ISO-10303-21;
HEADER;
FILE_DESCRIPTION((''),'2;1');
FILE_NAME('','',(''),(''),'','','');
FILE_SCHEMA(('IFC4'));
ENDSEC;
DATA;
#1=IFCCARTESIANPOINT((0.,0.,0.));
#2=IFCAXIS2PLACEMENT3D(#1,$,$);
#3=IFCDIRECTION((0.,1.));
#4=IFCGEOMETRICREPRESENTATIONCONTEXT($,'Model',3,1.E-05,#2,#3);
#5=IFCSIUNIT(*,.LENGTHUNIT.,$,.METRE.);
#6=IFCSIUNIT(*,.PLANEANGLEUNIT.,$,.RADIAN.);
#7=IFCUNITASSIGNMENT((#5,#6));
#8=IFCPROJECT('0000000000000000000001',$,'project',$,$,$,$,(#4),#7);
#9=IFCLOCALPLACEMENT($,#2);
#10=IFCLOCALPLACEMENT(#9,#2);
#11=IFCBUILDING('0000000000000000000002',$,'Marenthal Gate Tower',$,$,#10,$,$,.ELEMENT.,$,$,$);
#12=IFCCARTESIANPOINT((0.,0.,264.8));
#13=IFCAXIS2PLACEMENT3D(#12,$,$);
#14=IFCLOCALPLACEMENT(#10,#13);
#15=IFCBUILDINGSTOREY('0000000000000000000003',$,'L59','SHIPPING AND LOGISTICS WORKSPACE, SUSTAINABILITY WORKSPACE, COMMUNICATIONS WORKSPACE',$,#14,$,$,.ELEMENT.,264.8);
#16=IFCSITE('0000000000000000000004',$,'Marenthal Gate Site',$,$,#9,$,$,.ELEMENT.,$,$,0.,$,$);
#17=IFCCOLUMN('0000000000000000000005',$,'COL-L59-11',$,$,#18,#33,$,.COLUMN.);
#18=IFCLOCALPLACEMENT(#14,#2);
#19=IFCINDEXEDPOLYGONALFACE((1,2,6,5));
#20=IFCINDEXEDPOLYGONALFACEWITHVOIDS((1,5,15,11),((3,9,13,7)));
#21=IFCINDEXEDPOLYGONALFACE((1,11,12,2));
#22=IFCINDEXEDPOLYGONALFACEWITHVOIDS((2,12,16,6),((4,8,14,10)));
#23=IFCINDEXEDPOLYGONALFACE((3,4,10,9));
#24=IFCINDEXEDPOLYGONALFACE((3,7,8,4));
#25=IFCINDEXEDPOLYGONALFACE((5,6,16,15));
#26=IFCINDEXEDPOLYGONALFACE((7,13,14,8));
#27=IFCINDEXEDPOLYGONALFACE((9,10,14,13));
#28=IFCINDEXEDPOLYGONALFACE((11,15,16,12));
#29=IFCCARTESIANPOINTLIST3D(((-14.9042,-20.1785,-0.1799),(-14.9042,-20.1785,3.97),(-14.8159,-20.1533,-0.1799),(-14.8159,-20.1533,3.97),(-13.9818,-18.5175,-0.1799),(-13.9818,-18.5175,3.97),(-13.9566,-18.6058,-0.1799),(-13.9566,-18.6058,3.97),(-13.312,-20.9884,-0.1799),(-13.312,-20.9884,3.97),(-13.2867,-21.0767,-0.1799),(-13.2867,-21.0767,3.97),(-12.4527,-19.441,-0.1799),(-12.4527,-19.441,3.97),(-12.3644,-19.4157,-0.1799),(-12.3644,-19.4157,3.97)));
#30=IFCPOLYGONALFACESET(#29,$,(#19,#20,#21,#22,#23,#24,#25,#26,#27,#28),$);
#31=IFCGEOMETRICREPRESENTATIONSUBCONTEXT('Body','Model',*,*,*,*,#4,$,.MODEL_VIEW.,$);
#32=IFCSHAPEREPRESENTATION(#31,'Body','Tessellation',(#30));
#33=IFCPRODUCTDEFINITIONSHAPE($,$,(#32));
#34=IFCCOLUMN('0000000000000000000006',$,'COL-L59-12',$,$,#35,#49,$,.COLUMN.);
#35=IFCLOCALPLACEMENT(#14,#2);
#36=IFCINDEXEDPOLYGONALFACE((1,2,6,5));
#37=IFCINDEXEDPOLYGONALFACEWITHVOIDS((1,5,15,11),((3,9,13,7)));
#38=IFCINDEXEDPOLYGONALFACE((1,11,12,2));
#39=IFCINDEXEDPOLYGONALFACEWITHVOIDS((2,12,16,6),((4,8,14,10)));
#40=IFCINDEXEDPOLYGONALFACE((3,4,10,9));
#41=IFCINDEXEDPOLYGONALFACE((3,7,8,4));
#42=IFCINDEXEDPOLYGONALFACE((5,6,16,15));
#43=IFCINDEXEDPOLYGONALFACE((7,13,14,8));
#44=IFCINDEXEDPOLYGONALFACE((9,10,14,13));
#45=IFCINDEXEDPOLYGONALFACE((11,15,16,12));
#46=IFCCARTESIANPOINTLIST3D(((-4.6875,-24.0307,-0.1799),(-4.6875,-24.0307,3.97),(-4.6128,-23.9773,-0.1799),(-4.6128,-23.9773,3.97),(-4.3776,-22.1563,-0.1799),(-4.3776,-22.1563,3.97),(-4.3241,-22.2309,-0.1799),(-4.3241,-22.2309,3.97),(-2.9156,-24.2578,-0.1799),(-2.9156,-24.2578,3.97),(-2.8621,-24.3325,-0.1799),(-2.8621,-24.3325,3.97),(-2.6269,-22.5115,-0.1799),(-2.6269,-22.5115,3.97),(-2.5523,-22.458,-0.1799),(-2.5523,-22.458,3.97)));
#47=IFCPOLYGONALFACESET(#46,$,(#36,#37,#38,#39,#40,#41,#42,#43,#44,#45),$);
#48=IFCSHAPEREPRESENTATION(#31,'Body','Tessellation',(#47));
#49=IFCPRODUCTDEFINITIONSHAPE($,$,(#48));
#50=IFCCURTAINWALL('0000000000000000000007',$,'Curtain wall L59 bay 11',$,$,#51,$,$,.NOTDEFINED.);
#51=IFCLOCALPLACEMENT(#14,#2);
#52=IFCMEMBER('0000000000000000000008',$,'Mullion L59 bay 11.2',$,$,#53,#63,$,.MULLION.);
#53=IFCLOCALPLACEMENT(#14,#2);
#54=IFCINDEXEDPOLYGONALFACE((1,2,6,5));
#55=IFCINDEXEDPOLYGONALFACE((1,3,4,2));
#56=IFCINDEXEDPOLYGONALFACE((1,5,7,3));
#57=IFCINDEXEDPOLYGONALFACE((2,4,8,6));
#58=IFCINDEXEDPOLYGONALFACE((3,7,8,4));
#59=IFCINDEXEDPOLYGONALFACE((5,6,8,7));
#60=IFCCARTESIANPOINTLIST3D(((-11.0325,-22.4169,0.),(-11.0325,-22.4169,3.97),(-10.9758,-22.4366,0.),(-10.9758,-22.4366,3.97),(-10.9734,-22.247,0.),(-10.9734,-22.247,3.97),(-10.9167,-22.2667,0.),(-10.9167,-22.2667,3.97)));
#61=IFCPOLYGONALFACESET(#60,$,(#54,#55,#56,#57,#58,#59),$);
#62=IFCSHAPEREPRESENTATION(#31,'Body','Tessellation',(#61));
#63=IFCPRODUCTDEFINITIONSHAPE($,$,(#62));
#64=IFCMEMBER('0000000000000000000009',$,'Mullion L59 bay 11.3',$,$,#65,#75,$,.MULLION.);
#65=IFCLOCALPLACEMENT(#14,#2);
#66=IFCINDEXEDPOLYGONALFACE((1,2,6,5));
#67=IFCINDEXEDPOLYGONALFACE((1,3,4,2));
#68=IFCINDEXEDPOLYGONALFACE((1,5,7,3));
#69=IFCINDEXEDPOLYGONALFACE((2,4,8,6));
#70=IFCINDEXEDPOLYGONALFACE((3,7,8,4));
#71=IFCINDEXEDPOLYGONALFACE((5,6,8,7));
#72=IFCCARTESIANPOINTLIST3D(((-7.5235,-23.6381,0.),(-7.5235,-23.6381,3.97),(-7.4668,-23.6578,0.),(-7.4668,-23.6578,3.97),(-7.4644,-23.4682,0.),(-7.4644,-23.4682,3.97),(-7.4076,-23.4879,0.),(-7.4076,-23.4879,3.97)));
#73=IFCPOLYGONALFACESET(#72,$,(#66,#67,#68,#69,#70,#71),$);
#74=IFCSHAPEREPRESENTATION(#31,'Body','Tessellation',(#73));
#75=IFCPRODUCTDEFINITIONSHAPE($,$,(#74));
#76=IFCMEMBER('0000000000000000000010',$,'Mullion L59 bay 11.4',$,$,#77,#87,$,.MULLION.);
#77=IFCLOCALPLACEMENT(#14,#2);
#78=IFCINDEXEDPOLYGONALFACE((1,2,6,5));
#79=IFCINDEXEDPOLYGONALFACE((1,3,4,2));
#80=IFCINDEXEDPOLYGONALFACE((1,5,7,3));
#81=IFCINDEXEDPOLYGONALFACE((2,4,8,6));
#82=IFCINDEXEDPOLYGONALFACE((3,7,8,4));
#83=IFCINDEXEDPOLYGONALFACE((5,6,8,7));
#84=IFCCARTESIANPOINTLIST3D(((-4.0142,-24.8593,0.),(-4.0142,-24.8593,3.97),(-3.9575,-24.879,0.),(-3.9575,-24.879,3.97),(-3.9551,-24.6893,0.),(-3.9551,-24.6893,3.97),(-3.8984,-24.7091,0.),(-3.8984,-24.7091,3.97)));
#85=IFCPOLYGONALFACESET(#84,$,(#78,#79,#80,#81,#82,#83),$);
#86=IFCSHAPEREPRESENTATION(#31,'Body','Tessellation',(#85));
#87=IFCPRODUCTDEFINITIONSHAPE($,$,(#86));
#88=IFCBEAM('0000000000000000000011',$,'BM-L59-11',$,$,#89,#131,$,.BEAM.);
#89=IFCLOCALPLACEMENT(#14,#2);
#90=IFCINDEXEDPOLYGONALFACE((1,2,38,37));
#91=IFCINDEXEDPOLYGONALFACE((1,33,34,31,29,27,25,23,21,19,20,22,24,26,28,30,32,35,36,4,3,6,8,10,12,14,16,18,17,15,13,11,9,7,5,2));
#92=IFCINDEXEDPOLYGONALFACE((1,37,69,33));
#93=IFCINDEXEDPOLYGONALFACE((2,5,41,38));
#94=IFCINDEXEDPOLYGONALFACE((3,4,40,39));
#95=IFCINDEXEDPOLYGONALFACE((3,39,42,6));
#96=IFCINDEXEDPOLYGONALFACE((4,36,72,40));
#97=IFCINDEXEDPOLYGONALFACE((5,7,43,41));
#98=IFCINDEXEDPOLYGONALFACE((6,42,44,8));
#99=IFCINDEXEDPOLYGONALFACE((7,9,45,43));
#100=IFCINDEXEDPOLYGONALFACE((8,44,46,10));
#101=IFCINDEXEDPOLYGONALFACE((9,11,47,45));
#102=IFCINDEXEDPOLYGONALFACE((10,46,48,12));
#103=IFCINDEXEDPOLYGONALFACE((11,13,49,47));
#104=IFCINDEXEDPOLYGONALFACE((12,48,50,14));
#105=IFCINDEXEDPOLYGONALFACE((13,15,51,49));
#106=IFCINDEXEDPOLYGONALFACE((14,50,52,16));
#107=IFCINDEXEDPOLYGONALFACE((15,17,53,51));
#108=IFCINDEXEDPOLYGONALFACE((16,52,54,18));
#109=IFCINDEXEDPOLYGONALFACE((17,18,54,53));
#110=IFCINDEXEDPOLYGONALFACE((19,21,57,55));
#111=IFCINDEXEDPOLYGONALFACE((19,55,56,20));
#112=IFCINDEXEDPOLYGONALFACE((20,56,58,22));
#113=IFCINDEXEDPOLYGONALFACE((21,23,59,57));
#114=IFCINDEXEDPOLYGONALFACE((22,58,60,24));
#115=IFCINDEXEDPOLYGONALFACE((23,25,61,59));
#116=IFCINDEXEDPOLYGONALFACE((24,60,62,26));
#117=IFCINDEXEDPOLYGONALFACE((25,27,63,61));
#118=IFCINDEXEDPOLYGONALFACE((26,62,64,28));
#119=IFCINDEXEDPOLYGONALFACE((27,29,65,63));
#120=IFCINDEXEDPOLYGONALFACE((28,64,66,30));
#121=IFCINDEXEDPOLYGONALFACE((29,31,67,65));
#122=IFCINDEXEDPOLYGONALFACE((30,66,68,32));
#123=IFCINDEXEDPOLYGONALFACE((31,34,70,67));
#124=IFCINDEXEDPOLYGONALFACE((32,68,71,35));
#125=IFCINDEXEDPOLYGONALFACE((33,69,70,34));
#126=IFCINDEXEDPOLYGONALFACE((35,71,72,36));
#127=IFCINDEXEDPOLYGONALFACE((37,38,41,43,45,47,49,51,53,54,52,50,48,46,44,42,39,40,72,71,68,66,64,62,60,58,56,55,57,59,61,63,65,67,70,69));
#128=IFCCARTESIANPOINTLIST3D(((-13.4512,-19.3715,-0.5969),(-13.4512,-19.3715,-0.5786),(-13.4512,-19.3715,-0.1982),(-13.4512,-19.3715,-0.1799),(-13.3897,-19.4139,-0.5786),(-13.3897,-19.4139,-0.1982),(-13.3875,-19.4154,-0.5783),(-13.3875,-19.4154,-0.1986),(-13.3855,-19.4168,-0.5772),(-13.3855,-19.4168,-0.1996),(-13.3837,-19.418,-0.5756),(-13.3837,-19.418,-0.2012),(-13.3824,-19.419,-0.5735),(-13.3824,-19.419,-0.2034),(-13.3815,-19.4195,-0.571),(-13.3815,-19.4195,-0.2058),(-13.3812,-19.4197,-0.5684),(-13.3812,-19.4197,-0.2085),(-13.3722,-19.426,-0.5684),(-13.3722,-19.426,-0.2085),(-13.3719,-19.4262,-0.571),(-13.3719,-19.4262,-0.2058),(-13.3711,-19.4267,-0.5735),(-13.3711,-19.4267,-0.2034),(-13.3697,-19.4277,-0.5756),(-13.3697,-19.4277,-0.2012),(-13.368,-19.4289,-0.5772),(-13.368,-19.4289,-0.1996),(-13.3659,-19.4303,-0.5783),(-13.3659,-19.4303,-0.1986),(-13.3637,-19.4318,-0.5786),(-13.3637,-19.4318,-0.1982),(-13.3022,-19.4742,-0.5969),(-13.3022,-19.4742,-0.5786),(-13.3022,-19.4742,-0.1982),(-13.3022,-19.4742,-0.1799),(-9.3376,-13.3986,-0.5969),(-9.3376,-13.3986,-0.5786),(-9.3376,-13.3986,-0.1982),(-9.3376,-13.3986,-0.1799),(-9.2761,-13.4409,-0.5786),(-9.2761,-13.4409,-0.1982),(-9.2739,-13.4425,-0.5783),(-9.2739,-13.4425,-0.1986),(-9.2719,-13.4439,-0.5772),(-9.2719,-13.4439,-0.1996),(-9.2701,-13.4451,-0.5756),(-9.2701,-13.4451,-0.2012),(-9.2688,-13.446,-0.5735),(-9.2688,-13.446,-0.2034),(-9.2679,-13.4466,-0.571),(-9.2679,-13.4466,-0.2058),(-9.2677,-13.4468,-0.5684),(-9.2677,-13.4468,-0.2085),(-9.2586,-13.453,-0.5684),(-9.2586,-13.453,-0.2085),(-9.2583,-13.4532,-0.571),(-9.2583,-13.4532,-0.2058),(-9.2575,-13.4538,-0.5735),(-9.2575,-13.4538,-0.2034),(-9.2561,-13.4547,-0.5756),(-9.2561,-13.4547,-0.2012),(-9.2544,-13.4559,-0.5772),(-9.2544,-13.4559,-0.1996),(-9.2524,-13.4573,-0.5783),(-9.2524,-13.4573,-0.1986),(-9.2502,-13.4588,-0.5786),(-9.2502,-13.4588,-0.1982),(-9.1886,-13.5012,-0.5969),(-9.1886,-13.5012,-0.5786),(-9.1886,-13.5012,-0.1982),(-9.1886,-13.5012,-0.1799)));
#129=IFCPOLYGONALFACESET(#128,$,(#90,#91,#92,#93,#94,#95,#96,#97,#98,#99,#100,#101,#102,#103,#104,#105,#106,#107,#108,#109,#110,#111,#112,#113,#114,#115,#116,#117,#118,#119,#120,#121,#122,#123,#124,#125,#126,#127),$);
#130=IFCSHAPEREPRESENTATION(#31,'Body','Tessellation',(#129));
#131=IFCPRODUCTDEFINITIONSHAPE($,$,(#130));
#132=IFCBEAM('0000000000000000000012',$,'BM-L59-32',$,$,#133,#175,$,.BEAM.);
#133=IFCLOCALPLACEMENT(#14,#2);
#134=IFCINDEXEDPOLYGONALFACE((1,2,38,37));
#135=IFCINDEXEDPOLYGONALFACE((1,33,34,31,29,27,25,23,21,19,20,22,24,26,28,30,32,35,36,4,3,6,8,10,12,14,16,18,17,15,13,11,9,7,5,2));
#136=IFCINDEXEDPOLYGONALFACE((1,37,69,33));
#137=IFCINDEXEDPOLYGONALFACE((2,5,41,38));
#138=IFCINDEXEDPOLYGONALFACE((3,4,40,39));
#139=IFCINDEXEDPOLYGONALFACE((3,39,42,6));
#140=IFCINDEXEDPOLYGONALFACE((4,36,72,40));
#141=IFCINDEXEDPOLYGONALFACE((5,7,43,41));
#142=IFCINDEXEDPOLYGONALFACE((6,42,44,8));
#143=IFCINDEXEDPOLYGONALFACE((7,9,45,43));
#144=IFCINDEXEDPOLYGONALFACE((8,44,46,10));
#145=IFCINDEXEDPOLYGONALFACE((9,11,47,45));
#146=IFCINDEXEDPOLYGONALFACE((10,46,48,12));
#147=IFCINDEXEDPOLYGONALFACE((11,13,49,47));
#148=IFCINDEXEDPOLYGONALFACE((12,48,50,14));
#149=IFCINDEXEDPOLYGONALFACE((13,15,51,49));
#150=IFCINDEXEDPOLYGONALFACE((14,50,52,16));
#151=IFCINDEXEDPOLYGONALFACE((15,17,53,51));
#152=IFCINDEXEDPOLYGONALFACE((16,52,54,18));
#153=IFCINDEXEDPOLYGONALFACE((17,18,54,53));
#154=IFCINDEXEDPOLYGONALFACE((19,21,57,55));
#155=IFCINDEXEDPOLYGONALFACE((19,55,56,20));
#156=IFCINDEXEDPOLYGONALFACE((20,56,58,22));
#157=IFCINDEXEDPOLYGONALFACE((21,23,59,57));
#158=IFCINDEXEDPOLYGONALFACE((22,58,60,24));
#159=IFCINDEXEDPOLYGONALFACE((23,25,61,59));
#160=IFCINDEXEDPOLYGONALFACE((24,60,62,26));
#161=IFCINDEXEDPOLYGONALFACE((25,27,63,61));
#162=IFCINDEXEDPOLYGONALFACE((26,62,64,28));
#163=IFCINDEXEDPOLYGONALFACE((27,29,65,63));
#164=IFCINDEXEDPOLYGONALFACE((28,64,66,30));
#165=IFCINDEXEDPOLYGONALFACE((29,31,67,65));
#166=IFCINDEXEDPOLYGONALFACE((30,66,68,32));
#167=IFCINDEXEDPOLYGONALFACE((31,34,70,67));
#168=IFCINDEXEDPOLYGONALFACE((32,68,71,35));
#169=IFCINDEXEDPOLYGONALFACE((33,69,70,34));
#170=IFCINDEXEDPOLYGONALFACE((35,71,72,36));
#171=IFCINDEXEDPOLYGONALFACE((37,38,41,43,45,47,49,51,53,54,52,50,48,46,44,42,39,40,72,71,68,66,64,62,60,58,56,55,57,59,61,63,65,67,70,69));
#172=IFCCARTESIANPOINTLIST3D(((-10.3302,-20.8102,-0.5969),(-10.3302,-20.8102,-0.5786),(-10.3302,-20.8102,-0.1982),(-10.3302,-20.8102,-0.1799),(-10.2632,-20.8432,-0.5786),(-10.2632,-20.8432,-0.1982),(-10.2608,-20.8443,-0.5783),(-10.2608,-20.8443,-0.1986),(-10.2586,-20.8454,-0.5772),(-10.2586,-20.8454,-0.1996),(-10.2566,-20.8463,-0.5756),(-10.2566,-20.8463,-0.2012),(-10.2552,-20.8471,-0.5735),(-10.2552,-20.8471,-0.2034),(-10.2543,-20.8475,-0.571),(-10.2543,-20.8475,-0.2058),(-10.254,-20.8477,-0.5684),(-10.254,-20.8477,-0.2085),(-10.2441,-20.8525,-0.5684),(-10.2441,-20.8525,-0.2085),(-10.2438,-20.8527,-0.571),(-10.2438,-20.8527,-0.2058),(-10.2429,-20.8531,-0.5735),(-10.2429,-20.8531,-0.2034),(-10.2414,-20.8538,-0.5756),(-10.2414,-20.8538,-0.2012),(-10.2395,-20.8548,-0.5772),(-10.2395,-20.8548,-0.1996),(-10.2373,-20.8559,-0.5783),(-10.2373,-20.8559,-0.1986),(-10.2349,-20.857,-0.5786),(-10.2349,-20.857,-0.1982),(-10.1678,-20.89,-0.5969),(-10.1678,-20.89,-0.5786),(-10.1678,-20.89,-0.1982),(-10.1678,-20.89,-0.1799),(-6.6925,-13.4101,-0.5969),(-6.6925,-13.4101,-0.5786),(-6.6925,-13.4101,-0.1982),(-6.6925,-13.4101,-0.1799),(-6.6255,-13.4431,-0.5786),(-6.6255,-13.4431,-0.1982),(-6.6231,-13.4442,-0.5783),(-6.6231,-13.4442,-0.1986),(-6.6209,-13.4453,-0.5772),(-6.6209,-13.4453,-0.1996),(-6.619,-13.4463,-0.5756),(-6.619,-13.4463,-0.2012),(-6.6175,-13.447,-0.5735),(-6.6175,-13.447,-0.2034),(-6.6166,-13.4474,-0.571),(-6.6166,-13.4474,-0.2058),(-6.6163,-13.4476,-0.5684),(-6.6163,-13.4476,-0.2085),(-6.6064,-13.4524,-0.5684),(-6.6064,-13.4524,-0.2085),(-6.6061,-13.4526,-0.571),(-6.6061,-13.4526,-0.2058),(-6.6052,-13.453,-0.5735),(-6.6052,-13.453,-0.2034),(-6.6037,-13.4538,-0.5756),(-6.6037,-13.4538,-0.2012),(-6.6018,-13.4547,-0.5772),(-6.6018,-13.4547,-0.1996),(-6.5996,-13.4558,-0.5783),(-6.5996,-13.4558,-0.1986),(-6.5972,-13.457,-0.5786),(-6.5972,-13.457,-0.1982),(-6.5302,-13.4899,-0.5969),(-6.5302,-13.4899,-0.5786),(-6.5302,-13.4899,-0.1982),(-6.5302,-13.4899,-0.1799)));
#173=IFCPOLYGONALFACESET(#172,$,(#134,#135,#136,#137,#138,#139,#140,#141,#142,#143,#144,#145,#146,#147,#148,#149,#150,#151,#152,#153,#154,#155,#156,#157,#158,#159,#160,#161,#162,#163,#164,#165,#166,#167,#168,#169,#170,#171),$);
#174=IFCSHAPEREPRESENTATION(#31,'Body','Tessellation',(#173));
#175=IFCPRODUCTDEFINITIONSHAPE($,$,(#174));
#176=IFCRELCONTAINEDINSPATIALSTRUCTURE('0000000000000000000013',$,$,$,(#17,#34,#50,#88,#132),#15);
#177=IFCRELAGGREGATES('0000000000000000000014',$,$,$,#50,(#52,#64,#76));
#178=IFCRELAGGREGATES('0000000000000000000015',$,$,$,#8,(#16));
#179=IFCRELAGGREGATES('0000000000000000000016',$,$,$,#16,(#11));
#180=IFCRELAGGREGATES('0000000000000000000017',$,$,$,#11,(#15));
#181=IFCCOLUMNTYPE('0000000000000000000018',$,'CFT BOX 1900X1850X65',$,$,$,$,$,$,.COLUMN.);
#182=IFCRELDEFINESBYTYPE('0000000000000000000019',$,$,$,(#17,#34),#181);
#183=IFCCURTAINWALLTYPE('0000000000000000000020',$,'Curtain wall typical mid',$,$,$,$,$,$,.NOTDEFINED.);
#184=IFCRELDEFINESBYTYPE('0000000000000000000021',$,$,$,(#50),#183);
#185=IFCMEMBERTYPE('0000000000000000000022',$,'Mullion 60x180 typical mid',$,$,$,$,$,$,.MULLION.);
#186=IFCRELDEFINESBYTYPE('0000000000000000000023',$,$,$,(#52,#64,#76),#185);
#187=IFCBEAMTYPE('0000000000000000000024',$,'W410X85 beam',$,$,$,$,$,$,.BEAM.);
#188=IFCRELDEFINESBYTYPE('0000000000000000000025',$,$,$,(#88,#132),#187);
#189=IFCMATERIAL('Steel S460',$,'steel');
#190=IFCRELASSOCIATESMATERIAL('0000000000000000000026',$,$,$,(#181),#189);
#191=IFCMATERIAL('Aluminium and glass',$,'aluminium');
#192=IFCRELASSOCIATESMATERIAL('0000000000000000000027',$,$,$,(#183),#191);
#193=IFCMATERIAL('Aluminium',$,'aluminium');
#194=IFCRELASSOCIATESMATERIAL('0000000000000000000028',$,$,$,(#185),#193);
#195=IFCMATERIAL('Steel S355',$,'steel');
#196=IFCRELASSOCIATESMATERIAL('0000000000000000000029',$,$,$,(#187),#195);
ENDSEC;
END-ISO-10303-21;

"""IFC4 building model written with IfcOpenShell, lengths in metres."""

from ifc_helpers import new_model, si_unit, direction, frame, origin, origin_2d, place, context, subcontext, project, spatial, rectangle, hollow_rectangle, i_section, extrude, material, material_profile, profile_set, type_object, element, aggregate, save


model = new_model("IFC4")

# Units and contexts
model_context = context("Model", 3, precision=1e-05, world=origin(), true_north=direction((0.0, 1.0)))
body_context = subcontext(model_context, "Body", "Model", "MODEL_VIEW")
ifc_project = project(units=[si_unit("LENGTHUNIT", "METRE"), si_unit("PLANEANGLEUNIT", "RADIAN")], contexts=[model_context])

# Site, building, storey
site_placement = place(None, origin())
site = spatial("IfcSite", under=ifc_project, at=site_placement, Name="Marenthal Gate Site", CompositionType="ELEMENT", RefElevation=0.0)
building_placement = place(site_placement, origin())
building = spatial("IfcBuilding", under=site, at=building_placement, Name="Marenthal Gate Tower", CompositionType="ELEMENT")
storey_placement = place(building_placement, frame((0.0, 0.0, 264.8)))
storey = spatial("IfcBuildingStorey", under=building, at=storey_placement, Name="L59", Description="SHIPPING AND LOGISTICS WORKSPACE, SUSTAINABILITY WORKSPACE, COMMUNICATIONS WORKSPACE", CompositionType="ELEMENT", Elevation=264.8)

# Columns
ifc_material_1 = material(Name="Steel S460", Category="steel")
ifc_material_profile_1 = material_profile(ifc_material_1, hollow_rectangle(XDim=1.8501, YDim=1.8999, WallThickness=0.0649, at=origin_2d()), Name="CFT BOX 1900X1850X65")
ifc_material_2 = material(Name="Concrete 70 MPa", Category="concrete")
ifc_material_profile_2 = material_profile(ifc_material_2, rectangle(XDim=1.72, YDim=1.77, at=origin_2d()), Name="CFT BOX 1900X1850X65 INFILL")
ifc_profile_set_1 = profile_set([ifc_material_profile_1, ifc_material_profile_2], Name="Steel S460 shell, Concrete 70 MPa infill")
column_type = type_object("IfcColumnType", Name="CFT BOX 1900X1850X65", PredefinedType="COLUMN", material=ifc_profile_set_1)
for number, where, z_axis, x_axis, name in (
    (1, (-13.6343, -19.7971, -0.1799), (0.0, 0.0, 1.0), (-0.874251, 0.485475, 0.0), "COL-L59-11"),
    (2, (-3.6199, -23.2444, -0.1799), (0.0, 0.0, 1.0), (-0.98661, 0.163097, 0.0), "COL-L59-12"),
):
    element("IfcColumn", number, at=place(storey_placement, frame(where, z_axis=z_axis, x_axis=x_axis)), inside=storey, type_object=column_type, Name=name, PredefinedType="COLUMN", context=body_context, shape_type="SweptSolid", body=[
        extrude(hollow_rectangle(XDim=1.8501, YDim=1.8999, WallThickness=0.0649, at=origin_2d()), origin(), (0.0, 0.0, 1.0), 4.1499),
    ])

# Curtain wall, members
ifc_material_3 = material(Name="Aluminium and glass", Category="aluminium")
curtain_wall_type = type_object("IfcCurtainWallType", Name="Curtain wall typical mid", PredefinedType="NOTDEFINED", material=ifc_material_3)
curtain_wall_placement = place(storey_placement, origin())
curtain_wall = element("IfcCurtainWall", 3, at=curtain_wall_placement, inside=storey, type_object=curtain_wall_type, Name="Curtain wall L59 bay 11", PredefinedType="NOTDEFINED")
ifc_material_4 = material(Name="Aluminium", Category="aluminium")
ifc_material_profile_3 = material_profile(ifc_material_4, rectangle(XDim=0.1799, YDim=0.0601, at=origin_2d()), Name="60x180 aluminium mullion")
ifc_profile_set_2 = profile_set([ifc_material_profile_3], Name="Aluminium")
member_type = type_object("IfcMemberType", Name="Mullion 60x180 typical mid", PredefinedType="MULLION", material=ifc_profile_set_2)
member_1_placement = place(storey_placement, frame((-10.9746, -22.3418, 0.0), z_axis=(0.0, 0.0, 1.0), x_axis=(0.32867, 0.944445, 0.0)))
member_1 = element("IfcMember", 4, at=member_1_placement, type_object=member_type, Name="Mullion L59 bay 11.2", PredefinedType="MULLION", context=body_context, shape_type="SweptSolid", body=[
    extrude(rectangle(XDim=0.1799, YDim=0.0601, at=origin_2d()), origin(), (0.0, 0.0, 1.0), 3.97),
])
member_2_placement = place(storey_placement, frame((-7.4656, -23.563, 0.0), z_axis=(0.0, 0.0, 1.0), x_axis=(0.32867, 0.944445, 0.0)))
member_2 = element("IfcMember", 5, at=member_2_placement, type_object=member_type, Name="Mullion L59 bay 11.3", PredefinedType="MULLION", context=body_context, shape_type="SweptSolid", body=[
    extrude(rectangle(XDim=0.1799, YDim=0.0601, at=origin_2d()), origin(), (0.0, 0.0, 1.0), 3.97),
])
member_3_placement = place(storey_placement, frame((-3.9563, -24.7842, 0.0), z_axis=(0.0, 0.0, 1.0), x_axis=(0.32867, 0.944445, 0.0)))
member_3 = element("IfcMember", 6, at=member_3_placement, type_object=member_type, Name="Mullion L59 bay 11.4", PredefinedType="MULLION", context=body_context, shape_type="SweptSolid", body=[
    extrude(rectangle(XDim=0.1799, YDim=0.0601, at=origin_2d()), origin(), (0.0, 0.0, 1.0), 3.97),
])

# Beams
ifc_material_5 = material(Name="Steel S355", Category="steel")
ifc_material_profile_4 = material_profile(ifc_material_5, i_section(OverallWidth=0.1809, OverallDepth=0.417, WebThickness=0.011, FlangeThickness=0.0183, FilletRadius=0.0103, at=origin_2d()), Name="W410X85")
ifc_profile_set_3 = profile_set([ifc_material_profile_4], Name="Steel S355")
beam_type_1 = type_object("IfcBeamType", Name="W410X85 beam", PredefinedType="BEAM", material=ifc_profile_set_3)
beam_1_placement = place(storey_placement, frame((-13.3767, -19.4229, -0.3884), z_axis=(0.567199, 0.823581, 0.0), x_axis=(-0.823581, 0.567199, 0.0)))
element("IfcBeam", 7, at=beam_1_placement, inside=storey, type_object=beam_type_1, Name="BM-L59-11", PredefinedType="BEAM", context=body_context, shape_type="SweptSolid", body=[
    extrude(i_section(OverallWidth=0.1809, OverallDepth=0.417, WebThickness=0.011, FlangeThickness=0.0183, FilletRadius=0.0103, at=origin_2d()), origin(), (0.0, 0.0, 1.0), 7.2524),
])
beam_2_placement = place(storey_placement, frame((-10.249, -20.8501, -0.3884), z_axis=(0.441152, 0.897433, 0.0), x_axis=(-0.897433, 0.441152, 0.0)))
element("IfcBeam", 8, at=beam_2_placement, inside=storey, type_object=beam_type_1, Name="BM-L59-32", PredefinedType="BEAM", context=body_context, shape_type="SweptSolid", body=[
    extrude(i_section(OverallWidth=0.1809, OverallDepth=0.417, WebThickness=0.011, FlangeThickness=0.0183, FilletRadius=0.0103, at=origin_2d()), origin(), (0.0, 0.0, 1.0), 8.2458),
])

aggregate(curtain_wall, [member_1, member_2, member_3])

save(model, "model.ifc")
